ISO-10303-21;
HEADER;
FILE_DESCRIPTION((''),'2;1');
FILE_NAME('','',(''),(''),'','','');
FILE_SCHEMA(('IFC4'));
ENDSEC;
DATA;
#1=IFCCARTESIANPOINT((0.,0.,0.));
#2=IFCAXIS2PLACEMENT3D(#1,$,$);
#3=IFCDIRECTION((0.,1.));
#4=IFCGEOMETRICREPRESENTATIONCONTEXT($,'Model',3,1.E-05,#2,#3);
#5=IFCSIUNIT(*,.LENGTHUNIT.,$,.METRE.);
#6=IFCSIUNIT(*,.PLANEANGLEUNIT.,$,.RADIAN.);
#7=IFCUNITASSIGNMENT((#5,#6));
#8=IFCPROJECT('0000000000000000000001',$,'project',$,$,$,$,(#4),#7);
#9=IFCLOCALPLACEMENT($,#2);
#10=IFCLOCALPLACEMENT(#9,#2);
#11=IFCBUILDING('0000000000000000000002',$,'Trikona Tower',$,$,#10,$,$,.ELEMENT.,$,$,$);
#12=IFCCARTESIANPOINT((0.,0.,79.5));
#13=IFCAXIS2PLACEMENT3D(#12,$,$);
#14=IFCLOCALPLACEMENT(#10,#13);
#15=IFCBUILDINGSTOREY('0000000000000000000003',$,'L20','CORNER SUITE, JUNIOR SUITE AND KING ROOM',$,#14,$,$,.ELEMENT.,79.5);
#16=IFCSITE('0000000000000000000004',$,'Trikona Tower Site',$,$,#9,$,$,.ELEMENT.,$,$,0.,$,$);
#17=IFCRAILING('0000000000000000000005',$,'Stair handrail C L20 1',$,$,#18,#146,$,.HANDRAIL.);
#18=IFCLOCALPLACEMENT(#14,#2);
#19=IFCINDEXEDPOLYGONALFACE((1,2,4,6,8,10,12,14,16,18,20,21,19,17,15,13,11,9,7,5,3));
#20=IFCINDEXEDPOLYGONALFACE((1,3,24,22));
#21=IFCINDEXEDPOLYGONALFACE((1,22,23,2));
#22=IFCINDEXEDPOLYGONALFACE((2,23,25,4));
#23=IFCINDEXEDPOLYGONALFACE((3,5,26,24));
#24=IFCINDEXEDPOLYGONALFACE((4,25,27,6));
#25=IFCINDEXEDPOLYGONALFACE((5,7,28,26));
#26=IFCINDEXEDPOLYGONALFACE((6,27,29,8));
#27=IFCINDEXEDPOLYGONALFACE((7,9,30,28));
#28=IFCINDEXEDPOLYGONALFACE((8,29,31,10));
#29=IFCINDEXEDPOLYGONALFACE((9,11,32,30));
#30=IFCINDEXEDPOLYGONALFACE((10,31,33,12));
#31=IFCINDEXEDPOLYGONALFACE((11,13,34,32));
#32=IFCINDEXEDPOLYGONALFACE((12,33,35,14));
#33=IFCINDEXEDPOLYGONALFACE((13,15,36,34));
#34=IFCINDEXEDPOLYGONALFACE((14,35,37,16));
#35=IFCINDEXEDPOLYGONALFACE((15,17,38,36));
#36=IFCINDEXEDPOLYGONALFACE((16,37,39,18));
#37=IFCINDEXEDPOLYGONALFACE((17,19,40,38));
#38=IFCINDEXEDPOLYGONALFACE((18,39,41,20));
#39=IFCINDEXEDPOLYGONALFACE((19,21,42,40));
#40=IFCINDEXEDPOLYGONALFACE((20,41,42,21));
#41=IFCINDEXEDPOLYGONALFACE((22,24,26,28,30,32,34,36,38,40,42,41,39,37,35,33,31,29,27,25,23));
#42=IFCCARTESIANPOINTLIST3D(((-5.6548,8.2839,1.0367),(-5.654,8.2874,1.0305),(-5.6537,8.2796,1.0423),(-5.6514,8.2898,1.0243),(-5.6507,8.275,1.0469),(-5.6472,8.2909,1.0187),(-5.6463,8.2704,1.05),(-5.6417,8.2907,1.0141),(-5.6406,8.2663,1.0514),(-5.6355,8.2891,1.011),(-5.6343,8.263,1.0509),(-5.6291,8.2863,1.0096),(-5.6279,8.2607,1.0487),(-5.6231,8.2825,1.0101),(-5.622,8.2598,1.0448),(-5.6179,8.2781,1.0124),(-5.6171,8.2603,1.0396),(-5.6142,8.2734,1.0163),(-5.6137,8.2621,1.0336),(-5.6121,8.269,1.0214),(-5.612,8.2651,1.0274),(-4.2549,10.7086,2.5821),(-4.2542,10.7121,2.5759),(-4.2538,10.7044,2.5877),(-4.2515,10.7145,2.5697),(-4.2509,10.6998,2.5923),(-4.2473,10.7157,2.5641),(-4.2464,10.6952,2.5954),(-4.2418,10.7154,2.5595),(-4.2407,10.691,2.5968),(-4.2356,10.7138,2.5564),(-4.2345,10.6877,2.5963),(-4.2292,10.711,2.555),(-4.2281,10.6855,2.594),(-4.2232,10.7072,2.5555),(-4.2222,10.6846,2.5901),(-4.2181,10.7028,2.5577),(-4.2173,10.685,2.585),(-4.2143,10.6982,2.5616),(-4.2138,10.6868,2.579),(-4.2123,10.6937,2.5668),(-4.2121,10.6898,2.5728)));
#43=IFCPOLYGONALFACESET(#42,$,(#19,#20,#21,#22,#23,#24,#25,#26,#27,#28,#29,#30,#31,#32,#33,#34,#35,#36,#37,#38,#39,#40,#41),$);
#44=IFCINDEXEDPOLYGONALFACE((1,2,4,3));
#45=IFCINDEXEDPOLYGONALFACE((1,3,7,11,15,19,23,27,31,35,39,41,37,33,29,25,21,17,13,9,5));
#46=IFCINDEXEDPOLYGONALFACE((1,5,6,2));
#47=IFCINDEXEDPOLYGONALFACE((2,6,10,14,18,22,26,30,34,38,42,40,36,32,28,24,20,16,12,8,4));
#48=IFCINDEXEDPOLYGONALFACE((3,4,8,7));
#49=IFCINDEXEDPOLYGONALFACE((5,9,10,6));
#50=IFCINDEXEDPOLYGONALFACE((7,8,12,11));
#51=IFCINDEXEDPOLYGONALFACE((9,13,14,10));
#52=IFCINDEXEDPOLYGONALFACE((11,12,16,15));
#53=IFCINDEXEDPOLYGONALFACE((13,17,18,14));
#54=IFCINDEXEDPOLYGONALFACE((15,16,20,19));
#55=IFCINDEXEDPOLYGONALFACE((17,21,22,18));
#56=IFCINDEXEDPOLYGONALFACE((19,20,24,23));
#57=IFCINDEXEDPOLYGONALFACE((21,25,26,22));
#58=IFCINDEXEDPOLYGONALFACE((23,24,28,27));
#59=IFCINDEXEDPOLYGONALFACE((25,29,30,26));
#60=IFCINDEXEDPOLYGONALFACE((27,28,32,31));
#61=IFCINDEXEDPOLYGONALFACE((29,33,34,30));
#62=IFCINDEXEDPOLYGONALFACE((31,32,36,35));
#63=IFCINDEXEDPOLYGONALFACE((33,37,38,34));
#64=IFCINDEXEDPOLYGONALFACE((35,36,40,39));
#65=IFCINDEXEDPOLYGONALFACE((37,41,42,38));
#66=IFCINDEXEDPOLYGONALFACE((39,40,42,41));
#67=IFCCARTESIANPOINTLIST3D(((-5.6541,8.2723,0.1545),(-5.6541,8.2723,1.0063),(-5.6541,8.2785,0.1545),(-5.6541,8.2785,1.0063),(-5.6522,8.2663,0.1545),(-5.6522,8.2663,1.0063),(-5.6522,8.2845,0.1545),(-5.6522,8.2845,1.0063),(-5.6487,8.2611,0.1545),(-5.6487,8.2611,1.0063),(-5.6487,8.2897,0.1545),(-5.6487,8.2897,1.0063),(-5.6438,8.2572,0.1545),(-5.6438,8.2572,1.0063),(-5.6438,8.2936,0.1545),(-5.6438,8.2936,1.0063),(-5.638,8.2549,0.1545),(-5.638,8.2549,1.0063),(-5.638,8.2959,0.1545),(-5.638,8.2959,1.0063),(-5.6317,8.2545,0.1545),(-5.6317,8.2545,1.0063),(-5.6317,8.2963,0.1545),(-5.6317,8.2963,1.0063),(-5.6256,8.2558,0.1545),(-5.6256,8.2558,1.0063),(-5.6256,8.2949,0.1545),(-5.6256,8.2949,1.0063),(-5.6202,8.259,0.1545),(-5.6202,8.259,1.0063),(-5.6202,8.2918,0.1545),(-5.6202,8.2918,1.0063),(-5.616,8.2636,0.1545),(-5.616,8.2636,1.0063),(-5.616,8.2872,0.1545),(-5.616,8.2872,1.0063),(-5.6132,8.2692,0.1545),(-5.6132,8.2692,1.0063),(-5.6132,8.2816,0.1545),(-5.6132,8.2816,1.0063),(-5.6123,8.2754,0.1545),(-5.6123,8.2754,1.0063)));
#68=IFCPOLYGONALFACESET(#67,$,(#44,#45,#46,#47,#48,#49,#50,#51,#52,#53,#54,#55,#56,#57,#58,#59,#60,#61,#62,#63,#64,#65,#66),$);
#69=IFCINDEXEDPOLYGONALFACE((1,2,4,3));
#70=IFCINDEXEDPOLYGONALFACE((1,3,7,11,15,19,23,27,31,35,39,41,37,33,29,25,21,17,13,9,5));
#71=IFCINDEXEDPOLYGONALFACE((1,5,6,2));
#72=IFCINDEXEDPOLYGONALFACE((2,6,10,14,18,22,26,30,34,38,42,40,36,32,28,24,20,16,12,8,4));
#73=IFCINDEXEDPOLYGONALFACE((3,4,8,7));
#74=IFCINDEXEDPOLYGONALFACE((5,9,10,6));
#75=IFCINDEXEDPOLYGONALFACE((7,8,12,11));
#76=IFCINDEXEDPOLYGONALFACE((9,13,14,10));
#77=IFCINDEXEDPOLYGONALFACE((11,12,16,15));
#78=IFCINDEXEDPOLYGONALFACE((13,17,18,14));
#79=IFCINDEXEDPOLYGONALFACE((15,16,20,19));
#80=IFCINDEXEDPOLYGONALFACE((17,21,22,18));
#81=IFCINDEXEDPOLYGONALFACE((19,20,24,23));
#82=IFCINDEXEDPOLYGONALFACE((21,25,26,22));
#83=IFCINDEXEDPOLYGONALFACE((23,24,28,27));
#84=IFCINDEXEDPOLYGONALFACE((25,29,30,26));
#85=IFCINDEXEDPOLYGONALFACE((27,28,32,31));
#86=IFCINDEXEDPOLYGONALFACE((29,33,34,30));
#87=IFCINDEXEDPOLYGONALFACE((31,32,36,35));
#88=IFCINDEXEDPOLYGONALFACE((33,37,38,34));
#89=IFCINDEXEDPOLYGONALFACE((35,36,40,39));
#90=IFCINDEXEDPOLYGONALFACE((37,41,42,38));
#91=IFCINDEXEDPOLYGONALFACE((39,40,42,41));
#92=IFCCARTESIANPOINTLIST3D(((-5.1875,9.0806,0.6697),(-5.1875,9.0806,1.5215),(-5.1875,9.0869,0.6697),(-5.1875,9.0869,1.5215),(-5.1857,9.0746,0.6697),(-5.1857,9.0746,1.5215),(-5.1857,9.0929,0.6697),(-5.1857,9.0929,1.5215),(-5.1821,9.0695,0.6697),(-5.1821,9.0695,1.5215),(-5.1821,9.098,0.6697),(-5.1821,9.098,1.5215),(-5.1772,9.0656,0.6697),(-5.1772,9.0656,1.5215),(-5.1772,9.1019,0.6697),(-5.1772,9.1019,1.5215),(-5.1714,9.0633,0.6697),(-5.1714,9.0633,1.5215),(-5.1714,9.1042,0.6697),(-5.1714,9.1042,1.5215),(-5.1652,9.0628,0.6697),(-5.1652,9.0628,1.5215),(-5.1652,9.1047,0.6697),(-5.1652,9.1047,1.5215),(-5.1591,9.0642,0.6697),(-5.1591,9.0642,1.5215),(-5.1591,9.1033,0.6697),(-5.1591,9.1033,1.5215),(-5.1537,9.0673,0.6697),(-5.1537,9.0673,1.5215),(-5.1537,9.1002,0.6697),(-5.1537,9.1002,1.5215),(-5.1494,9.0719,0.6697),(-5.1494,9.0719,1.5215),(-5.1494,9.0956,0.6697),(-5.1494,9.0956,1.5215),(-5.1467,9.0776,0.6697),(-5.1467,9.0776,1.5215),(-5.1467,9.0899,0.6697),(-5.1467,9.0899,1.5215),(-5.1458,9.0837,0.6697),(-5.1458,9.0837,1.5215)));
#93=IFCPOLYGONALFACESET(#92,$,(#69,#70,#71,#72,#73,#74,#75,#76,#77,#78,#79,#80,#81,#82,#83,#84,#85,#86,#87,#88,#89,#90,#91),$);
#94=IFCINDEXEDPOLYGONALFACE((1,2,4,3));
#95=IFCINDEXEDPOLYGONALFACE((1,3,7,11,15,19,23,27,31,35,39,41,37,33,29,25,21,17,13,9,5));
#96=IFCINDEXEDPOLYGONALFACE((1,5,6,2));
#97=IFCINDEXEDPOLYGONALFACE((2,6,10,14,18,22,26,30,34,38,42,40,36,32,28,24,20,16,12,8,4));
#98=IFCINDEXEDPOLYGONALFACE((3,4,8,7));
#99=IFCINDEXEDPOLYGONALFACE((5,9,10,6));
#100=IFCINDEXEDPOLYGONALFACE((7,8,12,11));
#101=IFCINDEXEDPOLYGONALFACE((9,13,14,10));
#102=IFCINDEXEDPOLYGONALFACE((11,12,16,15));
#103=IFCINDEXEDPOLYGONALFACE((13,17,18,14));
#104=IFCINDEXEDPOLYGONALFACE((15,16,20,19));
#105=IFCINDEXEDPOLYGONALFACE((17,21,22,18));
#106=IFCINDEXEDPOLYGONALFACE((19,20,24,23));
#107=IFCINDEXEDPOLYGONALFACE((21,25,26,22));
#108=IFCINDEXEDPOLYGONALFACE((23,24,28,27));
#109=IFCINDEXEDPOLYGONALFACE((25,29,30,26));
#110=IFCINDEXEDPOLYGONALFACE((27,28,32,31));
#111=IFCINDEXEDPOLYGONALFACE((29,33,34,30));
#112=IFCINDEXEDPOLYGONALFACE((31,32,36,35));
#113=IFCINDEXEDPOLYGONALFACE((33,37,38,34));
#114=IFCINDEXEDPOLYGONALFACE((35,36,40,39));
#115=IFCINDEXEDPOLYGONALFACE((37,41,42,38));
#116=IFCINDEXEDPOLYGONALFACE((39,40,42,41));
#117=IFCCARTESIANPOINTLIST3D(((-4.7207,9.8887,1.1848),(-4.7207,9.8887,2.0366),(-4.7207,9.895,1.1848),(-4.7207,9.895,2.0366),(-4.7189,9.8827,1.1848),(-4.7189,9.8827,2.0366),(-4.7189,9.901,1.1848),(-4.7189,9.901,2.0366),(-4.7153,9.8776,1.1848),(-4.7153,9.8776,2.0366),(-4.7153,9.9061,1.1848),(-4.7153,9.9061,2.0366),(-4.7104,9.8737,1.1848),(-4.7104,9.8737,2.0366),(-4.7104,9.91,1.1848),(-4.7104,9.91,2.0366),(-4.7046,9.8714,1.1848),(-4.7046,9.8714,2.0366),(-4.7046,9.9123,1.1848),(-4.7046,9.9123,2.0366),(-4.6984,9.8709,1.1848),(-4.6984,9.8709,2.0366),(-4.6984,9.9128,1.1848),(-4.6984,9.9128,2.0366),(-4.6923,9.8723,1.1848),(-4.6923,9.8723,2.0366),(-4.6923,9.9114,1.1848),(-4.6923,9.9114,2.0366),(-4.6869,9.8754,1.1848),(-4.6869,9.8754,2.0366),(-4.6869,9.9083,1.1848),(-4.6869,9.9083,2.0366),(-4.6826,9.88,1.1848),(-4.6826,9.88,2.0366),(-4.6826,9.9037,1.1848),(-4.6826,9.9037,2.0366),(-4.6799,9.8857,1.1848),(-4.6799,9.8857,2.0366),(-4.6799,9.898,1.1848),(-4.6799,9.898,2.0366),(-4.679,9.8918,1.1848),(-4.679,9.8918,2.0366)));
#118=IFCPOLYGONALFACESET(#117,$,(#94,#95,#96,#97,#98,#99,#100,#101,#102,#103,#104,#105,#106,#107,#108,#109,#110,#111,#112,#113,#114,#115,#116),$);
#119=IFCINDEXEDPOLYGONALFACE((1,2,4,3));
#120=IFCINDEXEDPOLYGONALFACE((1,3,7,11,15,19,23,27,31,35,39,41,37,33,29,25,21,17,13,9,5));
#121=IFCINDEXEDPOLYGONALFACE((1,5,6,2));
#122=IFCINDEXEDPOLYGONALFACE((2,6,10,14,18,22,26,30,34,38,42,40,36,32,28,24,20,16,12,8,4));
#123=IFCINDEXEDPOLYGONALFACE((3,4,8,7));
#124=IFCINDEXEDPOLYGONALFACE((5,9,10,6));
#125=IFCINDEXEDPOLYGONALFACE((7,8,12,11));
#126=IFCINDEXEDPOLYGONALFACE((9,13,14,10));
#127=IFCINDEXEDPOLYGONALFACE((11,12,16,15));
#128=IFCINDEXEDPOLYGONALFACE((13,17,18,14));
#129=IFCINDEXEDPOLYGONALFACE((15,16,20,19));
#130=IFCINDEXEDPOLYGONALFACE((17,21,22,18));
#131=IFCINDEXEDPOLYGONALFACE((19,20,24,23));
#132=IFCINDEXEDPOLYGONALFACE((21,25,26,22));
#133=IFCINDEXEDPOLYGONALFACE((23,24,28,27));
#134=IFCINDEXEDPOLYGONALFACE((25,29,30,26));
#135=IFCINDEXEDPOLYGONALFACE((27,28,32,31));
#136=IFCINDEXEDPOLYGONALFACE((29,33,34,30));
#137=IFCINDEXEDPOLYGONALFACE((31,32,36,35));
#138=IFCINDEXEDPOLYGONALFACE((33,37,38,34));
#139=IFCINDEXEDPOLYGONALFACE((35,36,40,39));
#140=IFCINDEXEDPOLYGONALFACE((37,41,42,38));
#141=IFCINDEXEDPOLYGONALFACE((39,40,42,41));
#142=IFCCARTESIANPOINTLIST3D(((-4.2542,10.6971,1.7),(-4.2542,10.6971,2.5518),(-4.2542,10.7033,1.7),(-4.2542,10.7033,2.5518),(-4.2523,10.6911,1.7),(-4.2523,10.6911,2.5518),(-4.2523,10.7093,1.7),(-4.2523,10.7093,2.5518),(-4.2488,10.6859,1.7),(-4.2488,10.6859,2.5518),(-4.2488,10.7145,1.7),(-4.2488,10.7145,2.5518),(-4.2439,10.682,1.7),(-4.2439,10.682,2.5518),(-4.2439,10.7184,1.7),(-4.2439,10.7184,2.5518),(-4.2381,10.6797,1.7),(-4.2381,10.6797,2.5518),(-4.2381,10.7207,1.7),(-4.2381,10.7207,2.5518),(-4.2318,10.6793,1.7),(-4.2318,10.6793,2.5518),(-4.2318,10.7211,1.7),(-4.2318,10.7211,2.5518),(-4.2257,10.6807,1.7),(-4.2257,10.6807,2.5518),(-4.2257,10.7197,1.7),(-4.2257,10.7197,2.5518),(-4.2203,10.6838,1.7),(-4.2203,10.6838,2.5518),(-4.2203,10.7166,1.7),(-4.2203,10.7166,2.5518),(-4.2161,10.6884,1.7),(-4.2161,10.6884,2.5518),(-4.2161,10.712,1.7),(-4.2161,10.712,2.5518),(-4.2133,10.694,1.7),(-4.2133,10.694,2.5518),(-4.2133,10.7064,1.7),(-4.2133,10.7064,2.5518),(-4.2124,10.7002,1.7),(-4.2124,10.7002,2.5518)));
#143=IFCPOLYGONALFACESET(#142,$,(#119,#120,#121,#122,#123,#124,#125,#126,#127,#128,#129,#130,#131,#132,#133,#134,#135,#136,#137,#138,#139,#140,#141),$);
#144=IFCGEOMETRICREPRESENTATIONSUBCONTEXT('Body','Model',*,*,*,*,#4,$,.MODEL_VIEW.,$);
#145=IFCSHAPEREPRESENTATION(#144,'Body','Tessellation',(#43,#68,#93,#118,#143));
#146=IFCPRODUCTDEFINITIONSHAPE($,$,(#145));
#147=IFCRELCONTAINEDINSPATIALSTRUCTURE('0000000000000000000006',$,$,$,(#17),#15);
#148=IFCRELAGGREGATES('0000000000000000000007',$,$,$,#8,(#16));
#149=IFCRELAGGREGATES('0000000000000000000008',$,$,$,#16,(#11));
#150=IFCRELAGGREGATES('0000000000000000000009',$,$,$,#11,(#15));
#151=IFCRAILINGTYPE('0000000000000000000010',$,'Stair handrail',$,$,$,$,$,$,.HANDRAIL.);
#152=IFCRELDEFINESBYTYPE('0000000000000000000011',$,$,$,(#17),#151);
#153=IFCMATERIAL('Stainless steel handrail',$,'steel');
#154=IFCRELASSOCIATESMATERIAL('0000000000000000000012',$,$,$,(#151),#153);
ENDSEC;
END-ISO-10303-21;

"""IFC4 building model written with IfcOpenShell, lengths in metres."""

from ifc_helpers import new_model, si_unit, direction, frame, origin, origin_2d, place, context, subcontext, project, spatial, circle, extrude, material, type_object, element, save


model = new_model("IFC4")

# Units and contexts
model_context = context("Model", 3, precision=1e-05, world=origin(), true_north=direction((0.0, 1.0)))
body_context = subcontext(model_context, "Body", "Model", "MODEL_VIEW")
ifc_project = project(units=[si_unit("LENGTHUNIT", "METRE"), si_unit("PLANEANGLEUNIT", "RADIAN")], contexts=[model_context])

# Site, building, storey
site_placement = place(None, origin())
site = spatial("IfcSite", under=ifc_project, at=site_placement, Name="Trikona Tower Site", CompositionType="ELEMENT", RefElevation=0.0)
building_placement = place(site_placement, origin())
building = spatial("IfcBuilding", under=site, at=building_placement, Name="Trikona Tower", CompositionType="ELEMENT")
storey_placement = place(building_placement, frame((0.0, 0.0, 79.5)))
storey = spatial("IfcBuildingStorey", under=building, at=storey_placement, Name="L20", Description="CORNER SUITE, JUNIOR SUITE AND KING ROOM", CompositionType="ELEMENT", Elevation=79.5)

# Railing
ifc_material_1 = material(Name="Stainless steel handrail", Category="steel")
railing_type = type_object("IfcRailingType", Name="Stair handrail", PredefinedType="HANDRAIL", material=ifc_material_1)
railing_1_placement = place(storey_placement, frame((-5.6333, 8.2754, 0.1545)))
element("IfcRailing", 1, at=railing_1_placement, inside=storey, type_object=railing_type, Name="Stair handrail C L20 1", PredefinedType="HANDRAIL", context=body_context, shape_type="SweptSolid", body=[
    extrude(circle(Radius=0.0239, at=origin_2d()), frame((0.0, 0.0, 0.876), z_axis=(0.437733, 0.758207, 0.483231), x_axis=(-0.866035, 0.499984, 0.0)), (0.0, 0.0, 1.0), 3.198),
    extrude(circle(Radius=0.021, at=origin_2d()), origin(), (0.0, 0.0, 1.0), 0.8518),
    extrude(circle(Radius=0.021, at=origin_2d()), frame((0.4666, 0.8083, 0.5151)), (0.0, 0.0, 1.0), 0.8518),
    extrude(circle(Radius=0.021, at=origin_2d()), frame((0.9333, 1.6165, 1.0303)), (0.0, 0.0, 1.0), 0.8518),
    extrude(circle(Radius=0.021, at=origin_2d()), frame((1.3999, 2.4248, 1.5454)), (0.0, 0.0, 1.0), 0.8518),
])

save(model, "model.ifc")
